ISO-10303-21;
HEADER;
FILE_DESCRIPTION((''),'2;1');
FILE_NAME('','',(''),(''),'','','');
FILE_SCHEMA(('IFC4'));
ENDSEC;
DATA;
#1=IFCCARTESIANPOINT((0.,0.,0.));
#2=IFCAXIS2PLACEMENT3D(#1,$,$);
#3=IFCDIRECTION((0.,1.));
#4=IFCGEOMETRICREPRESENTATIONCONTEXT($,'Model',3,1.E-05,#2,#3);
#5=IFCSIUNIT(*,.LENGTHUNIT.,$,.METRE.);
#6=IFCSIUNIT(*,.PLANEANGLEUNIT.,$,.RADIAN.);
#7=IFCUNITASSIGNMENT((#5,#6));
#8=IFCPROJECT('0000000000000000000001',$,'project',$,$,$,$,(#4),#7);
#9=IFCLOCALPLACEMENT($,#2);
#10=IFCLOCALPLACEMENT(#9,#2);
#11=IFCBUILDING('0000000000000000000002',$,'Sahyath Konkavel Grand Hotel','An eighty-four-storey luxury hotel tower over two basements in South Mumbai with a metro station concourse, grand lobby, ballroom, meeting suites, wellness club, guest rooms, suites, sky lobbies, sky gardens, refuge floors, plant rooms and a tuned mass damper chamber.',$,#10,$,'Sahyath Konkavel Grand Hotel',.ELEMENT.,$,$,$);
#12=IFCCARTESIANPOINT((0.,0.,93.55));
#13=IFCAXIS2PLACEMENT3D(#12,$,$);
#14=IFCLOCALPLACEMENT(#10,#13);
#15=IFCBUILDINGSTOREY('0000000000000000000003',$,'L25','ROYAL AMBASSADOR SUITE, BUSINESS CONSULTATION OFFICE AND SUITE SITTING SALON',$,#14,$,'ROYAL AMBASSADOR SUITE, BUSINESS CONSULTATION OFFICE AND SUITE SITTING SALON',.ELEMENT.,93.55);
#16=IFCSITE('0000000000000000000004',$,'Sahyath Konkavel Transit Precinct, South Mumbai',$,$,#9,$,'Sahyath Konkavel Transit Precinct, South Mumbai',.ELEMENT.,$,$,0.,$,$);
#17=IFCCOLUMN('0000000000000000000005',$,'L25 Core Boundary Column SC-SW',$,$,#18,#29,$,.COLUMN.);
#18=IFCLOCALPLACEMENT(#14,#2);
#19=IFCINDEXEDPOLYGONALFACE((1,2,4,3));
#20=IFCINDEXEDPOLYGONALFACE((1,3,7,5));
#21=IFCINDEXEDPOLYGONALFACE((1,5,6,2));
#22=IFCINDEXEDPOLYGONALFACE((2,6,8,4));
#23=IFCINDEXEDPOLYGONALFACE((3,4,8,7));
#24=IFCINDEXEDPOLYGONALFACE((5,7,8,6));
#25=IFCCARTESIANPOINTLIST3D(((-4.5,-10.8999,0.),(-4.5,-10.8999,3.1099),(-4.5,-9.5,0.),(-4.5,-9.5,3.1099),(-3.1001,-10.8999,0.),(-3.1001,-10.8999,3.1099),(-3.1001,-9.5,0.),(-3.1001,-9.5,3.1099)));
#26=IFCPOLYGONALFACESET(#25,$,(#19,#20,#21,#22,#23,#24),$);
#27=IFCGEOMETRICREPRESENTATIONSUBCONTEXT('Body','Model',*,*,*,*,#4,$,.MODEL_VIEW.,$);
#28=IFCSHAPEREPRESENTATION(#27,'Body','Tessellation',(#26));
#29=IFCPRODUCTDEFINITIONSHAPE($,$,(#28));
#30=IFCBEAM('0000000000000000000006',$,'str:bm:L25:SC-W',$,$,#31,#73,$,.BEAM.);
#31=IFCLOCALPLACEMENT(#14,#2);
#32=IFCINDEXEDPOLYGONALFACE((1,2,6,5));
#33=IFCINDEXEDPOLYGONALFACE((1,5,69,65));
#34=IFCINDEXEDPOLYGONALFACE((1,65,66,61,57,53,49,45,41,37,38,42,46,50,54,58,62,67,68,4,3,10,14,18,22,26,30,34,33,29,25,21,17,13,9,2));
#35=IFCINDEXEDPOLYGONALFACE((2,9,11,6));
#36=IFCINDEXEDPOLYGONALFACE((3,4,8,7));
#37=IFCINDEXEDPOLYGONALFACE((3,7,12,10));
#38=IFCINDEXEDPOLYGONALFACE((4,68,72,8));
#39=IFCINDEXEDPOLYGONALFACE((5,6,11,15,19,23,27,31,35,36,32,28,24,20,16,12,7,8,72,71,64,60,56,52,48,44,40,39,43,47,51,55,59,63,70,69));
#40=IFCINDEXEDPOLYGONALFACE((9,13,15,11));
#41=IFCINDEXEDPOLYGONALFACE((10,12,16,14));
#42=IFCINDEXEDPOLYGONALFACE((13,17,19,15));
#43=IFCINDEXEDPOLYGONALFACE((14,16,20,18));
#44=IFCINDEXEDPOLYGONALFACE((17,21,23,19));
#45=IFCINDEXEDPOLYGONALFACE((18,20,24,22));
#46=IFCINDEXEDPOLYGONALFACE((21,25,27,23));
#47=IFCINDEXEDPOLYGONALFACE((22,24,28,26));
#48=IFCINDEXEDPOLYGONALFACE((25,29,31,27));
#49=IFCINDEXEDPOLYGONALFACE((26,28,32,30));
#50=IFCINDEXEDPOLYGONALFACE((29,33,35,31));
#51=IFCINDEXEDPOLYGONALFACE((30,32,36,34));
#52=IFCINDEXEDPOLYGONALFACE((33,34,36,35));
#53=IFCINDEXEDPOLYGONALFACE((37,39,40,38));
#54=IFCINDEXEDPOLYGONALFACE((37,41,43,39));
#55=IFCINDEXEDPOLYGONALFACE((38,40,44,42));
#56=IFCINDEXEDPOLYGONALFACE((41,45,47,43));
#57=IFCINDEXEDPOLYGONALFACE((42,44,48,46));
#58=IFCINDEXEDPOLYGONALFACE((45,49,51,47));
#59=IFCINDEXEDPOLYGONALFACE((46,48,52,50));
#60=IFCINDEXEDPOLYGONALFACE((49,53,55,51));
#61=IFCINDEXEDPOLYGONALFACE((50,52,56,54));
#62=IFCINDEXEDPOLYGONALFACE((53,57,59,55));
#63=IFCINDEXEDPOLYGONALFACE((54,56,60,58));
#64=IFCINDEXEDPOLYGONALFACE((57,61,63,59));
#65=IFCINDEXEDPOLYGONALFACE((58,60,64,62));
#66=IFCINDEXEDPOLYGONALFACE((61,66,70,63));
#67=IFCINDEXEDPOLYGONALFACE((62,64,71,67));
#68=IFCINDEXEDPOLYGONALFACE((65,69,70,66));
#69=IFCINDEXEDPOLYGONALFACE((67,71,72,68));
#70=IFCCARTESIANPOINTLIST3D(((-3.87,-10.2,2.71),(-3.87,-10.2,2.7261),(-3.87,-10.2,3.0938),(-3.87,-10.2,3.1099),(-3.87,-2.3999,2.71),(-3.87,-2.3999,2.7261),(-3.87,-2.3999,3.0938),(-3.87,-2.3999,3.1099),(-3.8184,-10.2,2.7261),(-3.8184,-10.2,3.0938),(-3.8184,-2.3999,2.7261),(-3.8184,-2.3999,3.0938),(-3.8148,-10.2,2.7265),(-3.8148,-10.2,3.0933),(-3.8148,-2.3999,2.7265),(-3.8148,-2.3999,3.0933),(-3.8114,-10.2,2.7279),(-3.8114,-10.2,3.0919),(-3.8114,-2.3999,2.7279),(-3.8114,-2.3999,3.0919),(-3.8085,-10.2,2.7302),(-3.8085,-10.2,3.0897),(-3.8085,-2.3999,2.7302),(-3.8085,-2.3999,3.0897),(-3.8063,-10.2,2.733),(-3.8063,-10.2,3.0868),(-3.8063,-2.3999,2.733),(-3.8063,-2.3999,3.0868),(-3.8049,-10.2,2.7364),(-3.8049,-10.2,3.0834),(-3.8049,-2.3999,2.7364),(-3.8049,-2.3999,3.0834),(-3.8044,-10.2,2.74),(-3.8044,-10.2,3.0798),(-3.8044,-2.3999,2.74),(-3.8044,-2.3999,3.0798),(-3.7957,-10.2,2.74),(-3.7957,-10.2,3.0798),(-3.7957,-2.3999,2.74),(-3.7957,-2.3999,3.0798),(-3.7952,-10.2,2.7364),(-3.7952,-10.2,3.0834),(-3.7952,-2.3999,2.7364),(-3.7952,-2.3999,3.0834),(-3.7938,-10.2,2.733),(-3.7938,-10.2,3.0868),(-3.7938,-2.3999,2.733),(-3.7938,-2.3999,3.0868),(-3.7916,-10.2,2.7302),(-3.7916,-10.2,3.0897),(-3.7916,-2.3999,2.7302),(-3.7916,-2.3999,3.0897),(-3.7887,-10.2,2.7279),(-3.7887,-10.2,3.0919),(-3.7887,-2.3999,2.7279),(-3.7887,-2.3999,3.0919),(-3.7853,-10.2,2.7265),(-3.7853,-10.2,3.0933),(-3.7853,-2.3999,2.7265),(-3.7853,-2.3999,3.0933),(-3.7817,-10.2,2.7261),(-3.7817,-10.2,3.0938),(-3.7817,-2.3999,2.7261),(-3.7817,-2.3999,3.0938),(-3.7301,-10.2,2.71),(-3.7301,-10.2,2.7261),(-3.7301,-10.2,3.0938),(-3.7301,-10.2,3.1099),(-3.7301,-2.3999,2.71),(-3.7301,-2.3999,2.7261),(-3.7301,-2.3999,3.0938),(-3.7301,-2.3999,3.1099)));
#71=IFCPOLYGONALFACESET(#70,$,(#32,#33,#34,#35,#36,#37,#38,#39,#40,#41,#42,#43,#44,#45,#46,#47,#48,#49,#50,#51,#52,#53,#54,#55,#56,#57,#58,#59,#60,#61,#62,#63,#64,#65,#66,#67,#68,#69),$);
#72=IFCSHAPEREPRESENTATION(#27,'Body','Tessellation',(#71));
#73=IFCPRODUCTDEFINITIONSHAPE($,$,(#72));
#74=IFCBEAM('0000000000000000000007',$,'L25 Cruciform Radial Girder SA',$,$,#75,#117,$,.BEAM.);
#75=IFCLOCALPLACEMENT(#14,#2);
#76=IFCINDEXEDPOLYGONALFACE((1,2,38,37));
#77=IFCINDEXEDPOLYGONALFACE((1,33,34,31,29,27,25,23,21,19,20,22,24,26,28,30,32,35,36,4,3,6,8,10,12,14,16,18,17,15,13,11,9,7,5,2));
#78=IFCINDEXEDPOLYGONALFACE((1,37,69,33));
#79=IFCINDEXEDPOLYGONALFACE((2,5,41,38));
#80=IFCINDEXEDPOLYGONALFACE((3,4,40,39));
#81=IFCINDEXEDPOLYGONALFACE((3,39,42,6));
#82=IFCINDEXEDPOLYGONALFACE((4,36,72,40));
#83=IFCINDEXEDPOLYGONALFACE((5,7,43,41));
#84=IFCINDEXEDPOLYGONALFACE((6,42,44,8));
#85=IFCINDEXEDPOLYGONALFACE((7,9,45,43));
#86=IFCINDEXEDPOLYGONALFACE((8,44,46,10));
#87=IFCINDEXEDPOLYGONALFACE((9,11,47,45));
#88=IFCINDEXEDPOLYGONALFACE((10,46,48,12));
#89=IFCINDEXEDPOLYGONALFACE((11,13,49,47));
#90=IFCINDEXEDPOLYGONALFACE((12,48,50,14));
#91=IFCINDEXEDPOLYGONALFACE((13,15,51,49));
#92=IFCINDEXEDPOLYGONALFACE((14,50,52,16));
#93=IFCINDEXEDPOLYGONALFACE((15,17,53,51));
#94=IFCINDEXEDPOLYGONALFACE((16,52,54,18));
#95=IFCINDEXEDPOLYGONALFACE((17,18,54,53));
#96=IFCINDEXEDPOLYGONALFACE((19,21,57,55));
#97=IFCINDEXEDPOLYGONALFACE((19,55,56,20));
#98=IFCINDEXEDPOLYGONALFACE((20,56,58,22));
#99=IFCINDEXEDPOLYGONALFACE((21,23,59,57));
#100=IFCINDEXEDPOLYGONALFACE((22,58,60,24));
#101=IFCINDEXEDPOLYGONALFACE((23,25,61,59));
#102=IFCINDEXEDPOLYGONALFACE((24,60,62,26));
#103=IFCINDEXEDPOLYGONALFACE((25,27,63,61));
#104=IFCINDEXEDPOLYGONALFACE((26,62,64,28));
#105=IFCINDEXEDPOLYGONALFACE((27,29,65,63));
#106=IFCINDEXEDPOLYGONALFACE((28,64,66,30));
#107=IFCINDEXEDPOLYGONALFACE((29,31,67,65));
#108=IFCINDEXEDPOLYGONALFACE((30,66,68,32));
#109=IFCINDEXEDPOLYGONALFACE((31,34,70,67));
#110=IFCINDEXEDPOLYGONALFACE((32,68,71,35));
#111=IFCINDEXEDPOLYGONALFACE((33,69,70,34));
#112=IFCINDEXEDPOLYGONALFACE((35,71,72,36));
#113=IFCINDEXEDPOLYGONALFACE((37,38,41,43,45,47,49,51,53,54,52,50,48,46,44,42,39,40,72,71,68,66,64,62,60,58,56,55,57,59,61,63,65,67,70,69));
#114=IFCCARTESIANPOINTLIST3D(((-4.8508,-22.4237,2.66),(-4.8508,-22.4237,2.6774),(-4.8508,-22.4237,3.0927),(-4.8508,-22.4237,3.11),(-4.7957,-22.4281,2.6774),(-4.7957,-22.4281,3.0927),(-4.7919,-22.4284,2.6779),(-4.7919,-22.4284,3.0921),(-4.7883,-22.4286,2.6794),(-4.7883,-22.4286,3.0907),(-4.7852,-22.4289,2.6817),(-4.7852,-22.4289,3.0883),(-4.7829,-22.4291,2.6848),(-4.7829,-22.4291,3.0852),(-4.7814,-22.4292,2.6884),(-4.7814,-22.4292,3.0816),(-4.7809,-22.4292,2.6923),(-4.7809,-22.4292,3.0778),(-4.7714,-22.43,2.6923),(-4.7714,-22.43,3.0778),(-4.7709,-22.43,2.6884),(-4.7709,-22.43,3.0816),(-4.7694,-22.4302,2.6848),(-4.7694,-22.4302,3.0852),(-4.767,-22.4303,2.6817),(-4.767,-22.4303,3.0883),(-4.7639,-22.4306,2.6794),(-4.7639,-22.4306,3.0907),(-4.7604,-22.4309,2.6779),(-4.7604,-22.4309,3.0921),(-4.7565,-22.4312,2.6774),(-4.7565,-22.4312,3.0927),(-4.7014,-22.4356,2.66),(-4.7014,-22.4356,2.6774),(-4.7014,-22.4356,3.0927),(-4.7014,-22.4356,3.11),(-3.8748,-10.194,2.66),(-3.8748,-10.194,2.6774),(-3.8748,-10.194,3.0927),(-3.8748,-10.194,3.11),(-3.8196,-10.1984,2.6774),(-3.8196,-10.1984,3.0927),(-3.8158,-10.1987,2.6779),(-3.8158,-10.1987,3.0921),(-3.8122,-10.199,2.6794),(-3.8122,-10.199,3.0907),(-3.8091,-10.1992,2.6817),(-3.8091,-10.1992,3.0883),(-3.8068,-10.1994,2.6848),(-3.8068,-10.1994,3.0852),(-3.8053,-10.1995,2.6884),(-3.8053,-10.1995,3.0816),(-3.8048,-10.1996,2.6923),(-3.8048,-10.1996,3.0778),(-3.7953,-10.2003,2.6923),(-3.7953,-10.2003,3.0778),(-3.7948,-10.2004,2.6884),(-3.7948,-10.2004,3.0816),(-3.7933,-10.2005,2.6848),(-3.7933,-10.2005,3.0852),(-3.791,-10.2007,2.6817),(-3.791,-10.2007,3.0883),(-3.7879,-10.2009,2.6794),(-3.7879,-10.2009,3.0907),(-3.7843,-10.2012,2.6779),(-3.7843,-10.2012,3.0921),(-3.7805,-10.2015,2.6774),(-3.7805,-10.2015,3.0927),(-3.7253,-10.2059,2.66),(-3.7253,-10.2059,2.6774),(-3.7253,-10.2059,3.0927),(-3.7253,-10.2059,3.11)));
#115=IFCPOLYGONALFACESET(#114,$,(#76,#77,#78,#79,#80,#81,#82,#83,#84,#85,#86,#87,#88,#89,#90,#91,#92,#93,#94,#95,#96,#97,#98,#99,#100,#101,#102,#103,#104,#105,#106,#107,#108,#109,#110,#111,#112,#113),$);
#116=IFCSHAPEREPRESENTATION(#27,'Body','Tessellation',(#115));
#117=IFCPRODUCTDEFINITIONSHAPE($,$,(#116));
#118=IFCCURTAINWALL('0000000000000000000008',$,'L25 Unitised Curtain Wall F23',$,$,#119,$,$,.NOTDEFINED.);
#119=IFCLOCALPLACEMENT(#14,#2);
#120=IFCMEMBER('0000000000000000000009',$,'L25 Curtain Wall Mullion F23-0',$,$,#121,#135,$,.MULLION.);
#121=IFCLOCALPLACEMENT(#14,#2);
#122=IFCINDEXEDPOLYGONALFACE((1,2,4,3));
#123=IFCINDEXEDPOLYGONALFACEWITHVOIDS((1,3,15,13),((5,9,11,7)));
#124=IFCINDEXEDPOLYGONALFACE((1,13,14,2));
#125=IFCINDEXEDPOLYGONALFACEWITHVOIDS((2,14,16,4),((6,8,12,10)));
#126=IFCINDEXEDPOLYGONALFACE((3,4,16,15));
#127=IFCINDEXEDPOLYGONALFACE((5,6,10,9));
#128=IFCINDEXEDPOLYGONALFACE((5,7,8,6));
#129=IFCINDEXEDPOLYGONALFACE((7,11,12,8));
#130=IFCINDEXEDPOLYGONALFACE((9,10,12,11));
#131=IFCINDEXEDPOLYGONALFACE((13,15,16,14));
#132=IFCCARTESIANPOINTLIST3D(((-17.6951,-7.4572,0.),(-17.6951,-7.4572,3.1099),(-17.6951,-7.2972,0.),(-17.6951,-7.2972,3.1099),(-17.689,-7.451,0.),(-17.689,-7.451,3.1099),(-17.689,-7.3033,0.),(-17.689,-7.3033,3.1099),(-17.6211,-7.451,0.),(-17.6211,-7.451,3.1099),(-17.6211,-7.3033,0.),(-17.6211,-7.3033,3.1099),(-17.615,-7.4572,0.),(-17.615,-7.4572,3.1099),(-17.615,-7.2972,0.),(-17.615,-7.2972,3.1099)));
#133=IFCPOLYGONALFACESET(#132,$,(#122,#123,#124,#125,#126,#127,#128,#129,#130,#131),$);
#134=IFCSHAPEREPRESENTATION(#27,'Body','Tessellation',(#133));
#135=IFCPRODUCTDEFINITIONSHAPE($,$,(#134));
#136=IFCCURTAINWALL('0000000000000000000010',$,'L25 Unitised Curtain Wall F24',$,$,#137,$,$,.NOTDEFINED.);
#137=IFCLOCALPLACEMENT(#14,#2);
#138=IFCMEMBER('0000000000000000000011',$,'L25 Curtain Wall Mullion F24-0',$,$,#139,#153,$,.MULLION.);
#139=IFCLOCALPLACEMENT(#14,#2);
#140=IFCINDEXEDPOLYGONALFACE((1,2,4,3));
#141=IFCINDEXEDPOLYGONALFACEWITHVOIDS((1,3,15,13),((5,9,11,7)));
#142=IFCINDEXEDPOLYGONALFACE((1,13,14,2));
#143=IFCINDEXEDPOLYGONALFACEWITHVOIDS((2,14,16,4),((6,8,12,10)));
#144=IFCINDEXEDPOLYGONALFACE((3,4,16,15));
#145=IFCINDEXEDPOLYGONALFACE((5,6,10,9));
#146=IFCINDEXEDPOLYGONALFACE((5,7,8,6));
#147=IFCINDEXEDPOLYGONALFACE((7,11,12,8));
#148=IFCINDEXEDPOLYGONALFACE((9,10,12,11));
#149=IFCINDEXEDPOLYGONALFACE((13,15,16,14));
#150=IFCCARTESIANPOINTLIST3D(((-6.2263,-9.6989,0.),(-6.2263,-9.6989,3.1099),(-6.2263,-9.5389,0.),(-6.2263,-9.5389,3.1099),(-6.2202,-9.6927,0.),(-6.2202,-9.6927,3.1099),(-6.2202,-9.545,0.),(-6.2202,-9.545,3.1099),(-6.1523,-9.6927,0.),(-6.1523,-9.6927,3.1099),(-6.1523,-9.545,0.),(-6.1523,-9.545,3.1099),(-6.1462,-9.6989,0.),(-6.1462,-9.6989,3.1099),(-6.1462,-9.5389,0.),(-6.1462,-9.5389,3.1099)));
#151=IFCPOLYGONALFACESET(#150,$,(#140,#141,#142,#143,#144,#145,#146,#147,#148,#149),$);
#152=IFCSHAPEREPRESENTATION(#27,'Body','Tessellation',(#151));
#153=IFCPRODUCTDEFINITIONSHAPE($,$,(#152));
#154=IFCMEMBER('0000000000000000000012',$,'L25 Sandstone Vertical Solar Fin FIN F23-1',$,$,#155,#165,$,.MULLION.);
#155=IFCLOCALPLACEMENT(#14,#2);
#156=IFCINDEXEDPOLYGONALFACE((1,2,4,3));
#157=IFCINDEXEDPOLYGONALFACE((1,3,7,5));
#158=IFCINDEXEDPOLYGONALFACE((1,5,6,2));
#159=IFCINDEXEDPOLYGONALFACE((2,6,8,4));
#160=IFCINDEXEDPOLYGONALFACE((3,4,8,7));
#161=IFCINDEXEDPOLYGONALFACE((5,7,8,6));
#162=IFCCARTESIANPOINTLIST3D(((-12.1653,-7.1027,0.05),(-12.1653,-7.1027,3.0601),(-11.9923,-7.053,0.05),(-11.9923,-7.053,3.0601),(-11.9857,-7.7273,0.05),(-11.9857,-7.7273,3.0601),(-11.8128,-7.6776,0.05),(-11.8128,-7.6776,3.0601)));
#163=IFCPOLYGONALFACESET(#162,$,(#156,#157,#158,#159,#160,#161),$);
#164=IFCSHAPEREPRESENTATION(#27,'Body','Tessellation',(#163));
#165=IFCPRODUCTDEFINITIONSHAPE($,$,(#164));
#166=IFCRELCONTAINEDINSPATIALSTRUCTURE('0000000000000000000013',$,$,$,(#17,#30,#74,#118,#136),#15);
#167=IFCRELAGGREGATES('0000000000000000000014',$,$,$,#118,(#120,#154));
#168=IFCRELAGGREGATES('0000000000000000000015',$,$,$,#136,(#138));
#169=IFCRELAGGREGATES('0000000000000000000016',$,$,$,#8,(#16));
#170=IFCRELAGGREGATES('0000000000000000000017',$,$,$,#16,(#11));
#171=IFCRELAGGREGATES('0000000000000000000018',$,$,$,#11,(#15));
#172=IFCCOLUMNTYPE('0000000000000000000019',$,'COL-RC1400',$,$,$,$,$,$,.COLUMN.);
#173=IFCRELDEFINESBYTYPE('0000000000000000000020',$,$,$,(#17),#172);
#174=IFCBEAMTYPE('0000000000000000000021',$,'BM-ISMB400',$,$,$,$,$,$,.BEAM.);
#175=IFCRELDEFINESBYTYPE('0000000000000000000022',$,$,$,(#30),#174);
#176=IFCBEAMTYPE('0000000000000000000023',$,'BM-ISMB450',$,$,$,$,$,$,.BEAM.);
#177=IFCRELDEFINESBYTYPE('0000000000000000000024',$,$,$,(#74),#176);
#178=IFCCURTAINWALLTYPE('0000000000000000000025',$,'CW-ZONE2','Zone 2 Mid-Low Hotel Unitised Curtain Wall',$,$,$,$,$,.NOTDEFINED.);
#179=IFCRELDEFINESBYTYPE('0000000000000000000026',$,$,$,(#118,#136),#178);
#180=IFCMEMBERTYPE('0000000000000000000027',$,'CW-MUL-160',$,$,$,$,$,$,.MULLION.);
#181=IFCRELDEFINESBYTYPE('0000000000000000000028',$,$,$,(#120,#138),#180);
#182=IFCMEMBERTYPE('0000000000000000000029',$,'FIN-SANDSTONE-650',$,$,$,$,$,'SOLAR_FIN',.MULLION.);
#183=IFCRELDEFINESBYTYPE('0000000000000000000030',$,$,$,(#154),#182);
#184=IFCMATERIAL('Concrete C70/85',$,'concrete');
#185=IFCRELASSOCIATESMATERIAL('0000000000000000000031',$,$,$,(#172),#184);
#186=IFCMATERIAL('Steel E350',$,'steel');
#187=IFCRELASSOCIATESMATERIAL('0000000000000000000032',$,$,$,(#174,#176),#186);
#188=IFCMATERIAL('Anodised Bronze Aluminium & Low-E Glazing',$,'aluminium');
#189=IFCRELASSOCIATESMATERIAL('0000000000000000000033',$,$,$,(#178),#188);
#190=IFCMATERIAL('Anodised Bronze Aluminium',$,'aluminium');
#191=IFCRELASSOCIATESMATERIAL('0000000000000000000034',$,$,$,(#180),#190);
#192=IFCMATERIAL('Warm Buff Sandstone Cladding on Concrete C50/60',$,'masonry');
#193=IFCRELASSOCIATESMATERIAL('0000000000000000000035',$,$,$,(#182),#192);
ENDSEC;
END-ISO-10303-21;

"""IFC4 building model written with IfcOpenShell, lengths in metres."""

from ifc_helpers import new_model, si_unit, direction, frame, origin, origin_2d, place, context, subcontext, project, spatial, rectangle, hollow_rectangle, i_section, extrude, source, transform, mapped, material, material_profile, profile_set, type_object, element, aggregate, save


model = new_model("IFC4")

# Units and contexts
model_context = context("Model", 3, precision=1e-05, world=origin(), true_north=direction((0.0, 1.0)))
body_context = subcontext(model_context, "Body", "Model", "MODEL_VIEW")
ifc_project = project(units=[si_unit("LENGTHUNIT", "METRE"), si_unit("PLANEANGLEUNIT", "RADIAN")], contexts=[model_context])

# Site, building, storey
site_placement = place(None, origin())
site = spatial("IfcSite", under=ifc_project, at=site_placement, Name="Sahyath Konkavel Transit Precinct, South Mumbai", LongName="Sahyath Konkavel Transit Precinct, South Mumbai", CompositionType="ELEMENT", RefElevation=0.0)
building_placement = place(site_placement, origin())
building = spatial("IfcBuilding", under=site, at=building_placement, Name="Sahyath Konkavel Grand Hotel", Description="An eighty-four-storey luxury hotel tower over two basements in South Mumbai with a metro station concourse, grand lobby, ballroom, meeting suites, wellness club, guest rooms, suites, sky lobbies, sky gardens, refuge floors, plant rooms and a tuned mass damper chamber.", LongName="Sahyath Konkavel Grand Hotel", CompositionType="ELEMENT")
storey_placement = place(building_placement, frame((0.0, 0.0, 93.55)))
storey = spatial("IfcBuildingStorey", under=building, at=storey_placement, Name="L25", Description="ROYAL AMBASSADOR SUITE, BUSINESS CONSULTATION OFFICE AND SUITE SITTING SALON", LongName="ROYAL AMBASSADOR SUITE, BUSINESS CONSULTATION OFFICE AND SUITE SITTING SALON", CompositionType="ELEMENT", Elevation=93.55)

# Column
ifc_material_1 = material(Name="Concrete C70/85", Category="concrete")
ifc_material_profile_1 = material_profile(ifc_material_1, rectangle(XDim=1.3999, YDim=1.3999, at=origin_2d()), Name="RC 1400x1400")
ifc_profile_set_1 = profile_set([ifc_material_profile_1], Name="Concrete C70/85")
column_type = type_object("IfcColumnType", Name="COL-RC1400", PredefinedType="COLUMN", material=ifc_profile_set_1)
shared_shape_1 = source(origin(), body_context, "Body", "SweptSolid", [
    extrude(rectangle(XDim=1.3999, YDim=1.3999, at=origin_2d()), origin(), (0.0, 0.0, 1.0), 3.1099),
])
column_placement = place(storey_placement, frame((-3.8, -10.2, 0.0), z_axis=(0.0, 0.0, 1.0), x_axis=(1.0, 0.0, 0.0)))
element("IfcColumn", 1, at=column_placement, inside=storey, type_object=column_type, Name="L25 Core Boundary Column SC-SW", PredefinedType="COLUMN", context=body_context, shape_type="MappedRepresentation", body=[
    mapped(shared_shape_1, transform((0.0, 0.0, 0.0), scale=1.0)),
])

# Beams
ifc_material_2 = material(Name="Steel E350", Category="steel")
ifc_material_profile_2 = material_profile(ifc_material_2, i_section(OverallWidth=0.1399, OverallDepth=0.3999, WebThickness=0.0088, FlangeThickness=0.0161, FilletRadius=0.0139, at=origin_2d()), Name="ISMB 400")
ifc_profile_set_2 = profile_set([ifc_material_profile_2], Name="Steel E350")
beam_type_1 = type_object("IfcBeamType", Name="BM-ISMB400", PredefinedType="BEAM", material=ifc_profile_set_2)
shared_shape_2 = source(origin(), body_context, "Body", "SweptSolid", [
    extrude(i_section(OverallWidth=0.1399, OverallDepth=0.3999, WebThickness=0.0088, FlangeThickness=0.0161, FilletRadius=0.0139, at=origin_2d()), origin(), (0.0, 0.0, 1.0), 7.8),
])
beam_1_placement = place(storey_placement, frame((-3.8, -10.2, 2.9099), z_axis=(0.0, 1.0, 0.0), x_axis=(-1.0, 0.0, 0.0)))
element("IfcBeam", 2, at=beam_1_placement, inside=storey, type_object=beam_type_1, Name="str:bm:L25:SC-W", PredefinedType="BEAM", context=body_context, shape_type="MappedRepresentation", body=[
    mapped(shared_shape_2, transform((0.0, 0.0, 0.0), scale=1.0)),
])
ifc_material_profile_3 = material_profile(ifc_material_2, i_section(OverallWidth=0.1499, OverallDepth=0.45, WebThickness=0.0095, FlangeThickness=0.0173, FilletRadius=0.0149, at=origin_2d()), Name="ISMB 450")
ifc_profile_set_3 = profile_set([ifc_material_profile_3], Name="Steel E350")
beam_type_2 = type_object("IfcBeamType", Name="BM-ISMB450", PredefinedType="BEAM", material=ifc_profile_set_3)
shared_shape_3 = source(origin(), body_context, "Body", "SweptSolid", [
    extrude(i_section(OverallWidth=0.1499, OverallDepth=0.45, WebThickness=0.0095, FlangeThickness=0.0173, FilletRadius=0.0149, at=origin_2d()), origin(), (0.0, 0.0, 1.0), 12.2686),
])
beam_2_placement = place(storey_placement, frame((-3.8, -10.2, 2.885), z_axis=(-0.079559, -0.99683, 0.0), x_axis=(0.99683, -0.079559, 0.0)))
element("IfcBeam", 3, at=beam_2_placement, inside=storey, type_object=beam_type_2, Name="L25 Cruciform Radial Girder SA", PredefinedType="BEAM", context=body_context, shape_type="MappedRepresentation", body=[
    mapped(shared_shape_3, transform((0.0, 0.0, 0.0), scale=1.0)),
])

# Curtain walls, members
ifc_material_3 = material(Name="Anodised Bronze Aluminium & Low-E Glazing", Category="aluminium")
curtain_wall_type = type_object("IfcCurtainWallType", Name="CW-ZONE2", Description="Zone 2 Mid-Low Hotel Unitised Curtain Wall", PredefinedType="NOTDEFINED", material=ifc_material_3)
curtain_wall_1_placement = place(storey_placement, origin())
curtain_wall_1 = element("IfcCurtainWall", 4, at=curtain_wall_1_placement, inside=storey, type_object=curtain_wall_type, Name="L25 Unitised Curtain Wall F23", PredefinedType="NOTDEFINED")
ifc_material_4 = material(Name="Anodised Bronze Aluminium", Category="aluminium")
ifc_material_profile_4 = material_profile(ifc_material_4, hollow_rectangle(XDim=0.0801, YDim=0.1599, WallThickness=0.0061, at=origin_2d()), Name="RHS 160x80x6")
ifc_profile_set_4 = profile_set([ifc_material_profile_4], Name="Anodised Bronze Aluminium")
member_type_1 = type_object("IfcMemberType", Name="CW-MUL-160", PredefinedType="MULLION", material=ifc_profile_set_4)
shared_shape_4 = source(origin(), body_context, "Body", "SweptSolid", [
    extrude(hollow_rectangle(XDim=0.0801, YDim=0.1599, WallThickness=0.0061, at=origin_2d()), origin(), (0.0, 0.0, 1.0), 3.1099),
])
member_1_placement = place(storey_placement, frame((-17.655, -7.3772, 0.0), z_axis=(0.0, 0.0, 1.0), x_axis=(1.0, 0.0, 0.0)))
member_1 = element("IfcMember", 5, at=member_1_placement, type_object=member_type_1, Name="L25 Curtain Wall Mullion F23-0", PredefinedType="MULLION", context=body_context, shape_type="MappedRepresentation", body=[
    mapped(shared_shape_4, transform((0.0, 0.0, 0.0), scale=1.0)),
])
curtain_wall_2_placement = place(storey_placement, origin())
curtain_wall_2 = element("IfcCurtainWall", 6, at=curtain_wall_2_placement, inside=storey, type_object=curtain_wall_type, Name="L25 Unitised Curtain Wall F24", PredefinedType="NOTDEFINED")
member_2_placement = place(storey_placement, frame((-6.1863, -9.6189, 0.0), z_axis=(0.0, 0.0, 1.0), x_axis=(1.0, 0.0, 0.0)))
member_2 = element("IfcMember", 7, at=member_2_placement, type_object=member_type_1, Name="L25 Curtain Wall Mullion F24-0", PredefinedType="MULLION", context=body_context, shape_type="MappedRepresentation", body=[
    mapped(shared_shape_4, transform((0.0, 0.0, 0.0), scale=1.0)),
])

# Member
ifc_material_5 = material(Name="Warm Buff Sandstone Cladding on Concrete C50/60", Category="masonry")
ifc_material_profile_5 = material_profile(ifc_material_5, rectangle(XDim=0.1799, YDim=0.6499, at=origin_2d()), Name="FIN 180x650")
ifc_profile_set_5 = profile_set([ifc_material_profile_5], Name="Warm Buff Sandstone Cladding on Concrete C50/60")
member_type_2 = type_object("IfcMemberType", Name="FIN-SANDSTONE-650", ElementType="SOLAR_FIN", PredefinedType="MULLION", material=ifc_profile_set_5)
shared_shape_5 = source(origin(), body_context, "Body", "SweptSolid", [
    extrude(rectangle(XDim=0.1799, YDim=0.6499, at=origin_2d()), origin(), (0.0, 0.0, 1.0), 3.01),
])
member_3_placement = place(storey_placement, frame((-11.989, -7.3901, 0.05), z_axis=(0.0, 0.0, 1.0), x_axis=(0.961069, 0.276308, 0.0)))
member_3 = element("IfcMember", 8, at=member_3_placement, type_object=member_type_2, Name="L25 Sandstone Vertical Solar Fin FIN F23-1", PredefinedType="MULLION", context=body_context, shape_type="MappedRepresentation", body=[
    mapped(shared_shape_5, transform((0.0, 0.0, 0.0), scale=1.0)),
])

aggregate(curtain_wall_1, [member_1, member_3])
aggregate(curtain_wall_2, [member_2])

save(model, "model.ifc")
